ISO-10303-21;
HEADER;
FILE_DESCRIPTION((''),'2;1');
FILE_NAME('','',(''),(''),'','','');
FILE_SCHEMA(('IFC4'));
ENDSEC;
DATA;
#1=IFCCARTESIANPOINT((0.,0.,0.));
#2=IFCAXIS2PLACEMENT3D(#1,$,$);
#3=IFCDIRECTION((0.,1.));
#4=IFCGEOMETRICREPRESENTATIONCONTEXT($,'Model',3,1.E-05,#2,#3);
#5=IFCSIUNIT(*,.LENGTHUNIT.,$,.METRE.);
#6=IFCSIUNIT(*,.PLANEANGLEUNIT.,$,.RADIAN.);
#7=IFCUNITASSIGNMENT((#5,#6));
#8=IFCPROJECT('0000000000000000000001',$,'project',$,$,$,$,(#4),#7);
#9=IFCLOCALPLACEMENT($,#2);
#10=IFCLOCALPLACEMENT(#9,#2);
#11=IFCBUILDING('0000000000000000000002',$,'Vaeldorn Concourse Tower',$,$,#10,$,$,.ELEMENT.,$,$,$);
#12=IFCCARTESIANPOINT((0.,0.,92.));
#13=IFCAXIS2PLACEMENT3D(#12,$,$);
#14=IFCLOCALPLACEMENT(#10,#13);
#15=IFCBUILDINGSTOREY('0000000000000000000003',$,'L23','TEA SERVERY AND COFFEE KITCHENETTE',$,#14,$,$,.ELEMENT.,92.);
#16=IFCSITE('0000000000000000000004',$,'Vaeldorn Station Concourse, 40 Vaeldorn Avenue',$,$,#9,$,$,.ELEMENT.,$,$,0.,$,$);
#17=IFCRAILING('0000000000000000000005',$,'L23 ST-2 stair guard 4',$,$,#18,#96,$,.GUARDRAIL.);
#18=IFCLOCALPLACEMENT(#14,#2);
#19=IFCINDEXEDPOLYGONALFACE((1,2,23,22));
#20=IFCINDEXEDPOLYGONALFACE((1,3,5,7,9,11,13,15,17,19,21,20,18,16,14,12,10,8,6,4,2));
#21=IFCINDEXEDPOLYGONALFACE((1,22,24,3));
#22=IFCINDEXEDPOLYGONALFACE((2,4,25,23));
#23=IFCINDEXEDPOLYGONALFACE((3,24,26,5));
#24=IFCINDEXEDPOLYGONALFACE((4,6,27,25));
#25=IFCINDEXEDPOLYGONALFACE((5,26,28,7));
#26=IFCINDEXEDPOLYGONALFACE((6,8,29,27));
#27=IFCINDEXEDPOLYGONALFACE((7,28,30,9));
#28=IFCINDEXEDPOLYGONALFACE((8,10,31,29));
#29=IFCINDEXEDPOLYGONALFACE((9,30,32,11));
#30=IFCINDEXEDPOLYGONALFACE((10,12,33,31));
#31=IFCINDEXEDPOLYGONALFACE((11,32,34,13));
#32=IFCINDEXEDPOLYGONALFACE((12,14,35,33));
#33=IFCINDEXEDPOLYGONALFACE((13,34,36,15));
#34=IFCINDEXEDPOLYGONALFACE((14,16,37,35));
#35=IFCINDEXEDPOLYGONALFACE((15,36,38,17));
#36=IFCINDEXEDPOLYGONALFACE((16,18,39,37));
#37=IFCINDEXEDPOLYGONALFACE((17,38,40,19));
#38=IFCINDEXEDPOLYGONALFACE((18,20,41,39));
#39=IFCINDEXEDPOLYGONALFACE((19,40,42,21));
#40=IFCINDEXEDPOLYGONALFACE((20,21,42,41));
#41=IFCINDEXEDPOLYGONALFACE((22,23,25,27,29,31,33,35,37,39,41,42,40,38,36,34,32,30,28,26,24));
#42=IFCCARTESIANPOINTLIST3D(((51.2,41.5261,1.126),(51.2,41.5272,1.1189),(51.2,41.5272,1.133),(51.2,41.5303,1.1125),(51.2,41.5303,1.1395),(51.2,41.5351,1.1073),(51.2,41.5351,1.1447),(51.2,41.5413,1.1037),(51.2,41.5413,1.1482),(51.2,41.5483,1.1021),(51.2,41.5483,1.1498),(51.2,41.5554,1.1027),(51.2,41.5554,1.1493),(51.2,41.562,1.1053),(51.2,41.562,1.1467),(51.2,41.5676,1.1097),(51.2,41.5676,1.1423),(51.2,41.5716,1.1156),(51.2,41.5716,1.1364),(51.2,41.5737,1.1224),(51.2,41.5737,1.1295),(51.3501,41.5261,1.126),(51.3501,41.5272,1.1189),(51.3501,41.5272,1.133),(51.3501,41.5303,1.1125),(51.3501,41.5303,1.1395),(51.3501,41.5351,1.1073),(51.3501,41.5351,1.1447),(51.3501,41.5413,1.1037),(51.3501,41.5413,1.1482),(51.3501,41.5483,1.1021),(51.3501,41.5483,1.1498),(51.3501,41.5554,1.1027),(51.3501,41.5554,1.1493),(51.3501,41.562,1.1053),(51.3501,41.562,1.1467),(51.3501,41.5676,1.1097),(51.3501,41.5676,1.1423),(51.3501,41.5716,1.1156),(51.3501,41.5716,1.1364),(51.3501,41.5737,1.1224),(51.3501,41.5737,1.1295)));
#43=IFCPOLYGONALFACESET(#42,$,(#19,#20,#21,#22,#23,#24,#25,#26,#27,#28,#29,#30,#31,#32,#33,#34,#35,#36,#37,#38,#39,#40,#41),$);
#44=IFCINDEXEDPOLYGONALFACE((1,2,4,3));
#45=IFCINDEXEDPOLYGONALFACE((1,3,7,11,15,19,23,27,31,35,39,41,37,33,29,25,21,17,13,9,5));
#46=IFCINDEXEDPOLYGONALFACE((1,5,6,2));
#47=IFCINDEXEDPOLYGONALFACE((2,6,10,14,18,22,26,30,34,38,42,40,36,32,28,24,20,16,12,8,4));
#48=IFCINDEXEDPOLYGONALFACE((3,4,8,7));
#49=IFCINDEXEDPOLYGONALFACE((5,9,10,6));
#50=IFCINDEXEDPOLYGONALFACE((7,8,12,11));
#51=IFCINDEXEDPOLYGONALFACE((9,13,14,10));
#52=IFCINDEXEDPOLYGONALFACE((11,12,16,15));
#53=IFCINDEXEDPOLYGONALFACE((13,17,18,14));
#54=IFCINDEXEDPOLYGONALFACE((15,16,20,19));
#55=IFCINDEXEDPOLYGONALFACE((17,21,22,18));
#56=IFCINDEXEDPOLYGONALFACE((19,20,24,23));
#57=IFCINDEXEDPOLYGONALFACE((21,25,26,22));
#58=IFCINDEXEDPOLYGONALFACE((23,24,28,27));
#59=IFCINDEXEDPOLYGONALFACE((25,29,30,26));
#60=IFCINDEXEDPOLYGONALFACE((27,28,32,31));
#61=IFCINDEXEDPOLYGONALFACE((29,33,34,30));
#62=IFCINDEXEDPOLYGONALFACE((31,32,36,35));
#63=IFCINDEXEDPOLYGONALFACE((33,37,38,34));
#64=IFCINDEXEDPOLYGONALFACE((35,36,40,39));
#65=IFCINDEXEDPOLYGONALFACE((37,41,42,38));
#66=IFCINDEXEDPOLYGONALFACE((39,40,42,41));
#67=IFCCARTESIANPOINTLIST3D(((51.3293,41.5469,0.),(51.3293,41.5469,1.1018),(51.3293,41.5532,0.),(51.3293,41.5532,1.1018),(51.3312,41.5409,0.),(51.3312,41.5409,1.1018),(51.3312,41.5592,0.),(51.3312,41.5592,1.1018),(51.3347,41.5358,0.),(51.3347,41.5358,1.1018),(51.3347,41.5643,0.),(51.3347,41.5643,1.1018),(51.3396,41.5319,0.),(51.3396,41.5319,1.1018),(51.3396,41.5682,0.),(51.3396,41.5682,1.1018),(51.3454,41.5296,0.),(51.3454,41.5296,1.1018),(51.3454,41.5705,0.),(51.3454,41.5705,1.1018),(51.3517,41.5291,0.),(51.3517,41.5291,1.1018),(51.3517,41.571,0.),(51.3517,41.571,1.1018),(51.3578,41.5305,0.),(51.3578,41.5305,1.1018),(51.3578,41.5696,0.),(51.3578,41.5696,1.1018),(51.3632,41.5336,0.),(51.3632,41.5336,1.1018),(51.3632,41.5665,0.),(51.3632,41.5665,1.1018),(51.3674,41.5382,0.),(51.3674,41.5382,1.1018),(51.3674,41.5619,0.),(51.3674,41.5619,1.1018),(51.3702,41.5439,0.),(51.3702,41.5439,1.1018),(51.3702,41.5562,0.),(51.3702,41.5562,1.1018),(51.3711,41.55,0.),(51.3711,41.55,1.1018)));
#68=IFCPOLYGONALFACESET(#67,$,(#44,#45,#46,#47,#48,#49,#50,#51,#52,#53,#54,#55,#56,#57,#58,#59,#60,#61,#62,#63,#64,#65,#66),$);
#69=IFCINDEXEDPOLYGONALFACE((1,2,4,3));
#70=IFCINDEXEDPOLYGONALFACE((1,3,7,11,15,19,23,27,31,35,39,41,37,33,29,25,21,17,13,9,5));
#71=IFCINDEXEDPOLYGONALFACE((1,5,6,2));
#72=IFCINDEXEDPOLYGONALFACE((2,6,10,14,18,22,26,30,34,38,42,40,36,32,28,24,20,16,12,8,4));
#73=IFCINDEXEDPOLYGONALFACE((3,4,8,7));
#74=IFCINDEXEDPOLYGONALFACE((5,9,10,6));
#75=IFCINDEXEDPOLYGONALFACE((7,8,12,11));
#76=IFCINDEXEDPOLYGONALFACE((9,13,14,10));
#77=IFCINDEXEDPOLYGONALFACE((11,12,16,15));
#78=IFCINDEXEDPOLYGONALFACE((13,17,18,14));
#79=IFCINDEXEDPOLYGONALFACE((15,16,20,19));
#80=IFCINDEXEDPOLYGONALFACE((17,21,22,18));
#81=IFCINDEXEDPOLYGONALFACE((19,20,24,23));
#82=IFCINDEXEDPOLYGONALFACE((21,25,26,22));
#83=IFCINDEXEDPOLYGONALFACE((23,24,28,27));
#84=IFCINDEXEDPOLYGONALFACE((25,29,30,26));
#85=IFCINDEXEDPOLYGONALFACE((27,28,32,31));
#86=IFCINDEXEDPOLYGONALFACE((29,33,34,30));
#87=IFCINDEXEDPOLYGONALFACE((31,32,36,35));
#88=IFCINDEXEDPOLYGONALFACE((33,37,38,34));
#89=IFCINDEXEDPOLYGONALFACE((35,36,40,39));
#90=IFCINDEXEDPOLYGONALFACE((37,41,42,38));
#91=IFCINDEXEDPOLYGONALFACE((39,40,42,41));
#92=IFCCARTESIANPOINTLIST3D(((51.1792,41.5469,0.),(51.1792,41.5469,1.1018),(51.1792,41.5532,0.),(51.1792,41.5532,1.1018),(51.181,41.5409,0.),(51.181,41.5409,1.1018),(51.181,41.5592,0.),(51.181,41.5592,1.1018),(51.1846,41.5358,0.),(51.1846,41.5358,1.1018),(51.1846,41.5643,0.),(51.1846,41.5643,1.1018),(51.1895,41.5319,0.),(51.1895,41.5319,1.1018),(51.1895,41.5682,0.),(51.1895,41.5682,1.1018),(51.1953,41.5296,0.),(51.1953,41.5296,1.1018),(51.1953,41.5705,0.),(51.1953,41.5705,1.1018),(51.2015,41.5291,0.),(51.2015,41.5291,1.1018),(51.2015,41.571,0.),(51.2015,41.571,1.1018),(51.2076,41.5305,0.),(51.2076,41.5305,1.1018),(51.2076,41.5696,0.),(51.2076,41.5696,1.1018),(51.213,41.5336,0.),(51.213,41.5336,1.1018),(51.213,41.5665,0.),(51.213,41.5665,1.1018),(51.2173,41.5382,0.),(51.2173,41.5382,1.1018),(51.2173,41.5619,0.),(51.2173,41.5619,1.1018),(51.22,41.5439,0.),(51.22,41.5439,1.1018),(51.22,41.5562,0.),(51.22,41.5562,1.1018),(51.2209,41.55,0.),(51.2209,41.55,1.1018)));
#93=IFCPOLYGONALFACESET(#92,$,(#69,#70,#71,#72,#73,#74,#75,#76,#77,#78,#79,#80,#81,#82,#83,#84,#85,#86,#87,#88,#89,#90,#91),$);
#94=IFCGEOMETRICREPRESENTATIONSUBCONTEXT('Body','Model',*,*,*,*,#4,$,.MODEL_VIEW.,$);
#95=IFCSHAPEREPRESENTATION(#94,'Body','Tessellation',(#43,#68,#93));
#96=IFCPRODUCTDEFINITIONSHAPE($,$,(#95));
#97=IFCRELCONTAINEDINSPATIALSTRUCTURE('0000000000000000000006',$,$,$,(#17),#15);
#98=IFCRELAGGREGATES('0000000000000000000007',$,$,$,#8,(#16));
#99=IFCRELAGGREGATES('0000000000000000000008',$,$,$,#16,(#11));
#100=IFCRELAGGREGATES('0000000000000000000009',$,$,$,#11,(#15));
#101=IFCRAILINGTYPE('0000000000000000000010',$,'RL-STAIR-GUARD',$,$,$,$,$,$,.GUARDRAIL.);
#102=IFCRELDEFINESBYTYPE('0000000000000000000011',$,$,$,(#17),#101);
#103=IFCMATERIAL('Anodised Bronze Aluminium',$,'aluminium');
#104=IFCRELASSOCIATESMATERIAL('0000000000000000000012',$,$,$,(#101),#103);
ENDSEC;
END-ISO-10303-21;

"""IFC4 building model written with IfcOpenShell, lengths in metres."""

from ifc_helpers import new_model, si_unit, direction, frame, origin, origin_2d, place, context, subcontext, project, spatial, circle, extrude, material, type_object, element, save


model = new_model("IFC4")

# Units and contexts
model_context = context("Model", 3, precision=1e-05, world=origin(), true_north=direction((0.0, 1.0)))
body_context = subcontext(model_context, "Body", "Model", "MODEL_VIEW")
ifc_project = project(units=[si_unit("LENGTHUNIT", "METRE"), si_unit("PLANEANGLEUNIT", "RADIAN")], contexts=[model_context])

# Site, building, storey
site_placement = place(None, origin())
site = spatial("IfcSite", under=ifc_project, at=site_placement, Name="Vaeldorn Station Concourse, 40 Vaeldorn Avenue", CompositionType="ELEMENT", RefElevation=0.0)
building_placement = place(site_placement, origin())
building = spatial("IfcBuilding", under=site, at=building_placement, Name="Vaeldorn Concourse Tower", CompositionType="ELEMENT")
storey_placement = place(building_placement, frame((0.0, 0.0, 92.0)))
storey = spatial("IfcBuildingStorey", under=building, at=storey_placement, Name="L23", Description="TEA SERVERY AND COFFEE KITCHENETTE", CompositionType="ELEMENT", Elevation=92.0)

# Shared definitions
ifc_material_1 = material(Name="Anodised Bronze Aluminium", Category="aluminium")

# Railing
railing_type_1 = type_object("IfcRailingType", Name="RL-STAIR-GUARD", PredefinedType="GUARDRAIL", material=ifc_material_1)
railing_1_placement = place(storey_placement, frame((51.3501, 41.55, 0.0)))
element("IfcRailing", 1, at=railing_1_placement, inside=storey, type_object=railing_type_1, Name="L23 ST-2 stair guard 4", PredefinedType="GUARDRAIL", context=body_context, shape_type="SweptSolid", body=[
    extrude(circle(Radius=0.0239, at=origin_2d()), frame((0.0, 0.0, 1.126), z_axis=(-1.0, 0.0, 0.0), x_axis=(0.0, -1.0, 0.0)), (0.0, 0.0, 1.0), 0.1501),
    extrude(circle(Radius=0.021, at=origin_2d()), origin(), (0.0, 0.0, 1.0), 1.1018),
    extrude(circle(Radius=0.021, at=origin_2d()), frame((-0.1501, 0.0, 0.0)), (0.0, 0.0, 1.0), 1.1018),
])

save(model, "model.ifc")
